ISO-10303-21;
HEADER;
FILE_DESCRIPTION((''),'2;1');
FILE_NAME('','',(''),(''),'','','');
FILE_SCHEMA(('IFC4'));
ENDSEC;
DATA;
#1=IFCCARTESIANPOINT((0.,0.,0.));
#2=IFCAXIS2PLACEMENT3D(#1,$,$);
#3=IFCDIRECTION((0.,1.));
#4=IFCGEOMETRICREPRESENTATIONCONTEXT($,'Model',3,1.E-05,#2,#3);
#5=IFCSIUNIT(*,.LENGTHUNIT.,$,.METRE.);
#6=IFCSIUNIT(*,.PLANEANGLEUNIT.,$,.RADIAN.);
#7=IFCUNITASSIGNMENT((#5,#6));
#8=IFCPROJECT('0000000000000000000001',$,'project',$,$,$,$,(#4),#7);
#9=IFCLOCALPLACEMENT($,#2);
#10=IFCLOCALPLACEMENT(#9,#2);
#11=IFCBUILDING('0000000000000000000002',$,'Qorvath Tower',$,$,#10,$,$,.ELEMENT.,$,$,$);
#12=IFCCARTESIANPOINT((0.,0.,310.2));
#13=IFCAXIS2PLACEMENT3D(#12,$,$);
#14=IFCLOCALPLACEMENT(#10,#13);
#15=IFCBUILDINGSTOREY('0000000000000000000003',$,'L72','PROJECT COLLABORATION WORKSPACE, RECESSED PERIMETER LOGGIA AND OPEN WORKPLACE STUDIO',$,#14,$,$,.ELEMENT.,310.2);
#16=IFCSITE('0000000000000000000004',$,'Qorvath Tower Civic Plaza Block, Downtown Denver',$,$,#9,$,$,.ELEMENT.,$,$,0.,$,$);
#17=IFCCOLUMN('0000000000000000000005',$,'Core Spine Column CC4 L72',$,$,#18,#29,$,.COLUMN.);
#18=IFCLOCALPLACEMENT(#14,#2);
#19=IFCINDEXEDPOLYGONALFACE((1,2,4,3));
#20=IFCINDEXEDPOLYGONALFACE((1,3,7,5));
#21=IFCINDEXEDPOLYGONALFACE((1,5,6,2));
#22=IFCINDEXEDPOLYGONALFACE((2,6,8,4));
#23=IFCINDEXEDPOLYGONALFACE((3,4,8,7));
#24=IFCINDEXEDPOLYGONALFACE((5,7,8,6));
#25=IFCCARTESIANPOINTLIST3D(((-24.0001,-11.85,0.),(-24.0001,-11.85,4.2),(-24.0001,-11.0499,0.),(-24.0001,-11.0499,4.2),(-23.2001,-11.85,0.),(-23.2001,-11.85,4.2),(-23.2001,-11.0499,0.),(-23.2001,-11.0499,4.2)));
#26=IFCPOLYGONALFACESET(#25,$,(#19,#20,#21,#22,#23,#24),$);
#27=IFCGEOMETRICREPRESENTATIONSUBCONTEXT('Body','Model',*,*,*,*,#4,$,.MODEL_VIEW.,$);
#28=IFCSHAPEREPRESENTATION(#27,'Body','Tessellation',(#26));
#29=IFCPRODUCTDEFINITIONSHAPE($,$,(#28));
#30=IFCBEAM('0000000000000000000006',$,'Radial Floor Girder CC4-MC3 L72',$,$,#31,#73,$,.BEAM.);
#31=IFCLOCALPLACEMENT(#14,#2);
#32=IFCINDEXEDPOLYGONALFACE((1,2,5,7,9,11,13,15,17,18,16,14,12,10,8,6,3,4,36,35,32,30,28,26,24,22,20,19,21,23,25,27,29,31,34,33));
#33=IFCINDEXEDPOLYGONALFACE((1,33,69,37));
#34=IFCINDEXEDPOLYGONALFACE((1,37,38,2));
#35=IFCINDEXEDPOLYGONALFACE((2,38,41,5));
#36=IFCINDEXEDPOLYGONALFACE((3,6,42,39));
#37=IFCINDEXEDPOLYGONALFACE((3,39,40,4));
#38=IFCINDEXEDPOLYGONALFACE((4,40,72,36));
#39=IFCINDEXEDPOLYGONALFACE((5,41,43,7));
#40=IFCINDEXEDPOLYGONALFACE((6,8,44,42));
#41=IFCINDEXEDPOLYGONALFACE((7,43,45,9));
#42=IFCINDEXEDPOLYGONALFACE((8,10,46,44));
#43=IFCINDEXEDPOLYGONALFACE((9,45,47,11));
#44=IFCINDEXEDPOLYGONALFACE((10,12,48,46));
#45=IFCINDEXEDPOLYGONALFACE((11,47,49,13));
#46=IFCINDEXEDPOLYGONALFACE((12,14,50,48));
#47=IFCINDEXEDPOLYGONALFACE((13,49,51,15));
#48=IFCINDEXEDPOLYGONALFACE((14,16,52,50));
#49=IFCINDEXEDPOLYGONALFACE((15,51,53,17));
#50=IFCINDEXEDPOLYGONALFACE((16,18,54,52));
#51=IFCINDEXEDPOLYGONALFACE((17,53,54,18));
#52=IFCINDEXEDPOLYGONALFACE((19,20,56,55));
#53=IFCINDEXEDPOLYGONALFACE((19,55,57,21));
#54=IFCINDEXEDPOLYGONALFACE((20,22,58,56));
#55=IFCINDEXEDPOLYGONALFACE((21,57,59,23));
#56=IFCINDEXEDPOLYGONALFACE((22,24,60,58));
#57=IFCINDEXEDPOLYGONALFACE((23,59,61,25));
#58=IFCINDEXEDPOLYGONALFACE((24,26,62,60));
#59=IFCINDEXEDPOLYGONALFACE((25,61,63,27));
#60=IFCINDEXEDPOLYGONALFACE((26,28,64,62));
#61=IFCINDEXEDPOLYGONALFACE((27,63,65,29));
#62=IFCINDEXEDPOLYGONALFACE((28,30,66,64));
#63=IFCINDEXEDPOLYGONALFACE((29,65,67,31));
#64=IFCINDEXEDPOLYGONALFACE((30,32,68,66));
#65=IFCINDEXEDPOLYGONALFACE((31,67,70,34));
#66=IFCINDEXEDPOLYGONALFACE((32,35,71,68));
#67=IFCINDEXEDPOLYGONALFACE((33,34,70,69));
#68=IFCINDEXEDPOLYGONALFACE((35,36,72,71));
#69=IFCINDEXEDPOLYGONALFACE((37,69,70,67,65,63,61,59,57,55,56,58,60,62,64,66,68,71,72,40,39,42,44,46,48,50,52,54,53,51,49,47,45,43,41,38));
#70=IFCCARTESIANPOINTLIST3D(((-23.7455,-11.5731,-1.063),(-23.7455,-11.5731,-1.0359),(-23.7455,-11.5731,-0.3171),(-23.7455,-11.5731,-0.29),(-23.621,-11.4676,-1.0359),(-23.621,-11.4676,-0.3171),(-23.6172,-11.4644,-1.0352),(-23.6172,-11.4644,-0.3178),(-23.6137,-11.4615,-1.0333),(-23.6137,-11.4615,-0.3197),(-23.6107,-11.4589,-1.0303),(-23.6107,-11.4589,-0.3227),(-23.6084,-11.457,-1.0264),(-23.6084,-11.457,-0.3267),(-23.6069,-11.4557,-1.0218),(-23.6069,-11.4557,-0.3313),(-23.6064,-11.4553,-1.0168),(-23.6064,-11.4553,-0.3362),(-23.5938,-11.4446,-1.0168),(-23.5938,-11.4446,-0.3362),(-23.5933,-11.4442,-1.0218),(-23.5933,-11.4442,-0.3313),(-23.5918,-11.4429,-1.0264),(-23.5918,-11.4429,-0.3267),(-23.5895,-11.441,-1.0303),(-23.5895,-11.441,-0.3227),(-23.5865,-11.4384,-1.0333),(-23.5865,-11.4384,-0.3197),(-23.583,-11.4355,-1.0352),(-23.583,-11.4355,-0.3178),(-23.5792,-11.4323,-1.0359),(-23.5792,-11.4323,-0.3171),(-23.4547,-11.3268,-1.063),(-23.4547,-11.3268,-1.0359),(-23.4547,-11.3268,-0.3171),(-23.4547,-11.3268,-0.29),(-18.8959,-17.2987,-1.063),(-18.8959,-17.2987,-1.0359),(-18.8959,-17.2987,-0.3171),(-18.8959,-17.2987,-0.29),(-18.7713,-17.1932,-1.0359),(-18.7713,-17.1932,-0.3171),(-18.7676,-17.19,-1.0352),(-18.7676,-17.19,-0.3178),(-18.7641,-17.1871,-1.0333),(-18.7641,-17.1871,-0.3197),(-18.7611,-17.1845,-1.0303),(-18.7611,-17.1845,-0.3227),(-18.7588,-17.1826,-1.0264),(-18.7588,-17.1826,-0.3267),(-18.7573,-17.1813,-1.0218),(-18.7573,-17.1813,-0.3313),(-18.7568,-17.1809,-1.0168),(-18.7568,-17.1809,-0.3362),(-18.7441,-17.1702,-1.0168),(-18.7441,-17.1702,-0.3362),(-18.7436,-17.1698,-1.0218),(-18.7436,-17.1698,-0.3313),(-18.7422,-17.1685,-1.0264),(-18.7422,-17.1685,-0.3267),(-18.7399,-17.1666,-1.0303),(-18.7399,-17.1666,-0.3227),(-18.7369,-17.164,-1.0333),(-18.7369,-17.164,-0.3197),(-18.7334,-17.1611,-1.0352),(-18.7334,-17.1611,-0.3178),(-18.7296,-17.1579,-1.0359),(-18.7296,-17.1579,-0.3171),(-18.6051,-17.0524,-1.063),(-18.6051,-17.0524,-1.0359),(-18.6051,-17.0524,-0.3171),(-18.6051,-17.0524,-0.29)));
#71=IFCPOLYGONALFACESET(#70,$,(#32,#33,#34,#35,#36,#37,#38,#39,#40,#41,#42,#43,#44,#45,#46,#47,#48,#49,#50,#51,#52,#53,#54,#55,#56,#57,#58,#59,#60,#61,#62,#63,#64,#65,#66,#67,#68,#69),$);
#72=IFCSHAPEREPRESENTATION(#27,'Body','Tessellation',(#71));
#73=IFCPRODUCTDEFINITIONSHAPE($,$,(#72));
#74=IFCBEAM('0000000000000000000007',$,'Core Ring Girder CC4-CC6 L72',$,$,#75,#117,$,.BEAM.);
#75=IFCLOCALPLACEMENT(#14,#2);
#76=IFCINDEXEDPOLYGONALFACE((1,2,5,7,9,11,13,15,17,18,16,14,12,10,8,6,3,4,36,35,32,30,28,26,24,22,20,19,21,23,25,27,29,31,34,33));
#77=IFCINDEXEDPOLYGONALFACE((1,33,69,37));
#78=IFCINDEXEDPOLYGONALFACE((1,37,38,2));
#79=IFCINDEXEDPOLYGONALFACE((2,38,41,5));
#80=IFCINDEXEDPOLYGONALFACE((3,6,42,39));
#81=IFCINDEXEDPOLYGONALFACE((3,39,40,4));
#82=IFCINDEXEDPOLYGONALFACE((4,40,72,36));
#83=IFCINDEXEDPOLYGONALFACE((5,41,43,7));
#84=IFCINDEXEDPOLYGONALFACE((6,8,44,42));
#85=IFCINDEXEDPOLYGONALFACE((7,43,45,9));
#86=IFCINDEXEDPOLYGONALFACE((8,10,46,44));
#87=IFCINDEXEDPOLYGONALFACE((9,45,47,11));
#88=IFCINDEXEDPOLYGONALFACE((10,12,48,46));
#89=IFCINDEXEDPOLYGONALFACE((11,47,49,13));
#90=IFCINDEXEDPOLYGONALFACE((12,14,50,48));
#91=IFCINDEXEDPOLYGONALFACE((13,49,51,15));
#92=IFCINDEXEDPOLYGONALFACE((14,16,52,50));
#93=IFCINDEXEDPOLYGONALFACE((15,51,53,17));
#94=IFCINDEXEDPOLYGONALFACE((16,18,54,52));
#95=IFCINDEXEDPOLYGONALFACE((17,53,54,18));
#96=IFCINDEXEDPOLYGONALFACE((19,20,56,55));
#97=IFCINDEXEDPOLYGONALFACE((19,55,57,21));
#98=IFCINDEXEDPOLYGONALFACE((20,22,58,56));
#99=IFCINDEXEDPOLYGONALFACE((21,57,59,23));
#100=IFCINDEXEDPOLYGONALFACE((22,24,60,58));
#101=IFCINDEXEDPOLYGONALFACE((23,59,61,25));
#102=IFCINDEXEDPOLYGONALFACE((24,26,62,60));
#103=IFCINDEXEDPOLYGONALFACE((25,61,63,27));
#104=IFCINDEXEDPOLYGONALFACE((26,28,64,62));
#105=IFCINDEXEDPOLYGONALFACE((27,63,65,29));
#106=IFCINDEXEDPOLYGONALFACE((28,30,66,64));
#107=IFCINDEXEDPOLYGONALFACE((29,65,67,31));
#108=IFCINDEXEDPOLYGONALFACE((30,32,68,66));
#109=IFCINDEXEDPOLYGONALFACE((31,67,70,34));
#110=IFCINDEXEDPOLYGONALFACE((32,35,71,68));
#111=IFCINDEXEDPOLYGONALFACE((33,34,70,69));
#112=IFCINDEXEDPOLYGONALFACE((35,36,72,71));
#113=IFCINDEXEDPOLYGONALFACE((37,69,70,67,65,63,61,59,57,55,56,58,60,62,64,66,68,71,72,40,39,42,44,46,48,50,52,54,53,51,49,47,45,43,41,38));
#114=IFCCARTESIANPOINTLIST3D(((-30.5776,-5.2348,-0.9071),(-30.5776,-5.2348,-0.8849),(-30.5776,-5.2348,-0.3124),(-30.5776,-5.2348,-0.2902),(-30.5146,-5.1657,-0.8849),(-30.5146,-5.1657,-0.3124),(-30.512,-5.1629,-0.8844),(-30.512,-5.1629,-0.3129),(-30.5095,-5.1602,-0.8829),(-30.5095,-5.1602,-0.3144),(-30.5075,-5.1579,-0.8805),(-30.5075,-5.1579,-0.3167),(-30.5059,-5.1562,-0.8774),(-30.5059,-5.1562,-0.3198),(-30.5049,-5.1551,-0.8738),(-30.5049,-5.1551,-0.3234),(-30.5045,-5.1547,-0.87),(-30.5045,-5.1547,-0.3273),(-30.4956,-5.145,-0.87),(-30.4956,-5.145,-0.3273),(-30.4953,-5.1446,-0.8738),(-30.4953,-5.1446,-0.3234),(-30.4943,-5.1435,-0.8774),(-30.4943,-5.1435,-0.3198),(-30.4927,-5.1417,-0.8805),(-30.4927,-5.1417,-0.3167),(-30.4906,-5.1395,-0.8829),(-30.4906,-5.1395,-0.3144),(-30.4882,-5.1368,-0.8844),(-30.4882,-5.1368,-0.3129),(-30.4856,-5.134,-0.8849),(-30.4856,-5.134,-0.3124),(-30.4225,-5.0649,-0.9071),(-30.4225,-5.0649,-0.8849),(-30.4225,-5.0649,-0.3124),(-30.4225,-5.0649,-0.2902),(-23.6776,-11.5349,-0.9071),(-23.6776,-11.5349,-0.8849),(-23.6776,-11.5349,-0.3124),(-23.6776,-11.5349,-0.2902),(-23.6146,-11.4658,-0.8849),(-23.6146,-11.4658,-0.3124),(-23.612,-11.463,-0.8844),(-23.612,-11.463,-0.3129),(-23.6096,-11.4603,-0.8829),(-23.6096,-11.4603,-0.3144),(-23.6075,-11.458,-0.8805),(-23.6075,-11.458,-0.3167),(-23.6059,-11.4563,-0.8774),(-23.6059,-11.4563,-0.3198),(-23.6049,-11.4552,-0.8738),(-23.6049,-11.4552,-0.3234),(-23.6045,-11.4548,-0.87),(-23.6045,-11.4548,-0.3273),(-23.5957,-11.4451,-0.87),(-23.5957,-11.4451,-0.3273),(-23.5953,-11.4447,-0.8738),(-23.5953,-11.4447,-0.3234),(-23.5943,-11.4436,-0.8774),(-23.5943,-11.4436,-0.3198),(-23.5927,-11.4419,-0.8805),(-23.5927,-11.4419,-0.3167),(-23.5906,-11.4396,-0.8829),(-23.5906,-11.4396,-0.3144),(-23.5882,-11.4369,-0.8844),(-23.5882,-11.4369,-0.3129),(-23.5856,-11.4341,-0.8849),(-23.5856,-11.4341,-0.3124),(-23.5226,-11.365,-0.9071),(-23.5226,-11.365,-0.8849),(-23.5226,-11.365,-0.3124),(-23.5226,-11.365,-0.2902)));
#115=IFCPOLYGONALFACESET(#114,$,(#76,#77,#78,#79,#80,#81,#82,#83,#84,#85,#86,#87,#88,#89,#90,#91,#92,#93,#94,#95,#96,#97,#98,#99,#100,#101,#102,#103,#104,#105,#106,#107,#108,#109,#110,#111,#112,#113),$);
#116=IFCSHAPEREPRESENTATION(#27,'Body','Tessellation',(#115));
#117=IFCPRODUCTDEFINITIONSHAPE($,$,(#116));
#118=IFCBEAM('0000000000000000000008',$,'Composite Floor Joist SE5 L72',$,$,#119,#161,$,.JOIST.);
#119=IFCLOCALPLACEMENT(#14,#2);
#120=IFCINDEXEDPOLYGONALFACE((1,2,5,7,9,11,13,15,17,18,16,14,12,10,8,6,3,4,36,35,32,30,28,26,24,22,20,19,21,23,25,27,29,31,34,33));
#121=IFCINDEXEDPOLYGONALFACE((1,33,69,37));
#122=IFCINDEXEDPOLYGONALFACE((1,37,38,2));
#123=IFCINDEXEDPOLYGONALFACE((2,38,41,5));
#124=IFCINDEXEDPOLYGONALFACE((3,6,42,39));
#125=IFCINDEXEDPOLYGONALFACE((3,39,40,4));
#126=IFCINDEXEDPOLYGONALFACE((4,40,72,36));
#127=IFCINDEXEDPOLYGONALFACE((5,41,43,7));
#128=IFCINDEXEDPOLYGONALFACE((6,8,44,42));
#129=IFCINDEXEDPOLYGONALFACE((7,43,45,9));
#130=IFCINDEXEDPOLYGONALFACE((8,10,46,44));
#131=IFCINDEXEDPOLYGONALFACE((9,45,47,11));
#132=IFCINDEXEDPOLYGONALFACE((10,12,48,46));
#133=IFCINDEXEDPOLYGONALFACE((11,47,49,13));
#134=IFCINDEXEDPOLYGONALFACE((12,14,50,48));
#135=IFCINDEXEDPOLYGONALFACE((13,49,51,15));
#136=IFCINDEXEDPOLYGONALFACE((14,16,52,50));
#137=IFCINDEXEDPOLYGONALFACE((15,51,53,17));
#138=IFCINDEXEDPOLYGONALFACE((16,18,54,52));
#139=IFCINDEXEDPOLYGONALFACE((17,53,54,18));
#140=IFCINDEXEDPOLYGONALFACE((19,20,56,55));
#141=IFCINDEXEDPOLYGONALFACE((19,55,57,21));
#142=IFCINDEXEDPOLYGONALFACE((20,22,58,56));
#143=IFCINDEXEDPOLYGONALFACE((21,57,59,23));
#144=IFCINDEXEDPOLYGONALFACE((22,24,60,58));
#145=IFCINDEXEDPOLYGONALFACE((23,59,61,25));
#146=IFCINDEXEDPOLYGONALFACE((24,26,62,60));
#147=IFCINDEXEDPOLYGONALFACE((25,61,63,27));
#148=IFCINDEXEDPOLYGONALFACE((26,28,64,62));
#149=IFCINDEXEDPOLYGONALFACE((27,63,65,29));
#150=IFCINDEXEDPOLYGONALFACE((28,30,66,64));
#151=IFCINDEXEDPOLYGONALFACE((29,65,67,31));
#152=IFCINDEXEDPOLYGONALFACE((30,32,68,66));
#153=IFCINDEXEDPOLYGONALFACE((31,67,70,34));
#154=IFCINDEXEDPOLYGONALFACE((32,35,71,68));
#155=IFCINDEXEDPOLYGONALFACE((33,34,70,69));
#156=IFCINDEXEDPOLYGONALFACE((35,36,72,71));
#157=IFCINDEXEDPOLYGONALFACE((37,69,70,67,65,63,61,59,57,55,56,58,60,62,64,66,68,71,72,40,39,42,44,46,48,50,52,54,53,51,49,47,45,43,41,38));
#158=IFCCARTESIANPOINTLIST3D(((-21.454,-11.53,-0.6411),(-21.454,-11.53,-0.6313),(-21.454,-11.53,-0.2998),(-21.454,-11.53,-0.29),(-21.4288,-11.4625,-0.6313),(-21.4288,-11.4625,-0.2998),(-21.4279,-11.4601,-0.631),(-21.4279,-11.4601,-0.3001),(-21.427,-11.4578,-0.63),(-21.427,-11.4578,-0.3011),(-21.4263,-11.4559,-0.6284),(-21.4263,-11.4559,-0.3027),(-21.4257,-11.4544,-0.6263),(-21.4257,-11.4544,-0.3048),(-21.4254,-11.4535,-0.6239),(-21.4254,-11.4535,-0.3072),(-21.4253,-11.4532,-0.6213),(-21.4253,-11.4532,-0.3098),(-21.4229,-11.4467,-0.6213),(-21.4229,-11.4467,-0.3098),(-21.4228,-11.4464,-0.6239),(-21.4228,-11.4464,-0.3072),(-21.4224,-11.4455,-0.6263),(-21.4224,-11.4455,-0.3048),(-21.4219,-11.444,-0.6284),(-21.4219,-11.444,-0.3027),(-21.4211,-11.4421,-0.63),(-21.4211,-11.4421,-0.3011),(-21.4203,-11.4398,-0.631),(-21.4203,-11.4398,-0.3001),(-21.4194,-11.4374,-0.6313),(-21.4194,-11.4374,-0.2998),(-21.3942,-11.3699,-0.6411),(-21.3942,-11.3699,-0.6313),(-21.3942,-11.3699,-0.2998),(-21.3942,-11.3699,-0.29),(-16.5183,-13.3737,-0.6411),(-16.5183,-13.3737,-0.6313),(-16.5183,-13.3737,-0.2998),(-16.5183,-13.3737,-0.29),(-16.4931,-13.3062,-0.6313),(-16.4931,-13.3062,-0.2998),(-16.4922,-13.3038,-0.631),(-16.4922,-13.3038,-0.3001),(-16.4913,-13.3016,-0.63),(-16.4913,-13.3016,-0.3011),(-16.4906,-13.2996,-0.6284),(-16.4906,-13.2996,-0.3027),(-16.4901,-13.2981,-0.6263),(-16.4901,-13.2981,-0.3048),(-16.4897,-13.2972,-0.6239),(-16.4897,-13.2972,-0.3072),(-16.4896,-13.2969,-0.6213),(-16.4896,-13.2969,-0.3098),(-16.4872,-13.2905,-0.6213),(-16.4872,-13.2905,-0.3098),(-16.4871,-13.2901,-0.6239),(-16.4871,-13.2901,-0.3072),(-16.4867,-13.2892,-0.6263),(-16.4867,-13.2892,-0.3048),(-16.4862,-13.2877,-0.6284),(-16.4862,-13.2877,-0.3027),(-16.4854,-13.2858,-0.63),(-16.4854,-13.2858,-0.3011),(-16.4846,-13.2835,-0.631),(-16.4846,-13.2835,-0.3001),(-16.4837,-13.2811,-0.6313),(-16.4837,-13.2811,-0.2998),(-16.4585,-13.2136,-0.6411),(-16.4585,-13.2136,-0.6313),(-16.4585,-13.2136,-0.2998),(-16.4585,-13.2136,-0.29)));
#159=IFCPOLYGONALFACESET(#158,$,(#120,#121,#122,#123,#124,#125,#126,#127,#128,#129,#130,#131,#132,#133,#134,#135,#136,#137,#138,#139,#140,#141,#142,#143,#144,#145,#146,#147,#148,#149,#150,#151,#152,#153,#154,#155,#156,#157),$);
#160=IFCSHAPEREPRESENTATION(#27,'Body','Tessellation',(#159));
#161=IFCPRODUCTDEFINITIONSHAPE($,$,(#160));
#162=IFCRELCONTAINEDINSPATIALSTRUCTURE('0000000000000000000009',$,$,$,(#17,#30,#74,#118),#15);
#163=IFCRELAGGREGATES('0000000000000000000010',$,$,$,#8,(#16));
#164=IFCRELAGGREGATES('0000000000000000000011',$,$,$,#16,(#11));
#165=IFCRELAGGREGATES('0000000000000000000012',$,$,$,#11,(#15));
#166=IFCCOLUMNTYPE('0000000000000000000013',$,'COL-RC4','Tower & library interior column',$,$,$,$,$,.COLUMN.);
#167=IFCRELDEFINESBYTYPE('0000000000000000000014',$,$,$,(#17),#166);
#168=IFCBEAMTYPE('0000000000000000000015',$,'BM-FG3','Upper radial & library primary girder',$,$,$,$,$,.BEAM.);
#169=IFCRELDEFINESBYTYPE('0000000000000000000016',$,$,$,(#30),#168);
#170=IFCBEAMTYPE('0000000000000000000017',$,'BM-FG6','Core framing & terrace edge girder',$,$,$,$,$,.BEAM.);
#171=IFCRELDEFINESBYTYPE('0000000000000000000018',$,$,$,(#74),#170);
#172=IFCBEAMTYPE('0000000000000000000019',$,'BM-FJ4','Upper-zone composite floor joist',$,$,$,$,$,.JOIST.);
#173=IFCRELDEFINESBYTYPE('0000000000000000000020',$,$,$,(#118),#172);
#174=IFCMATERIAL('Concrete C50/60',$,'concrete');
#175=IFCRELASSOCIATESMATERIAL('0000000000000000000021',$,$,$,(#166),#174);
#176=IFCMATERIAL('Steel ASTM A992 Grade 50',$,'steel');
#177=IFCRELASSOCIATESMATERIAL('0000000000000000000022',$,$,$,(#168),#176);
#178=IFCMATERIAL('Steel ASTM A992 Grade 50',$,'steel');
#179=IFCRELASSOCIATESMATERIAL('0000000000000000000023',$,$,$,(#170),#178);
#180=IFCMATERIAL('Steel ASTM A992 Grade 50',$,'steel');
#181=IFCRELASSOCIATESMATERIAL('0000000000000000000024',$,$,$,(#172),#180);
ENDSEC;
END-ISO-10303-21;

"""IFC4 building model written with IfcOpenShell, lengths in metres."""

from ifc_helpers import new_model, si_unit, direction, frame, origin, origin_2d, place, context, subcontext, project, spatial, rectangle, i_section, extrude, material, material_profile, profile_set, type_object, element, save


model = new_model("IFC4")

# Units and contexts
model_context = context("Model", 3, precision=1e-05, world=origin(), true_north=direction((0.0, 1.0)))
body_context = subcontext(model_context, "Body", "Model", "MODEL_VIEW")
ifc_project = project(units=[si_unit("LENGTHUNIT", "METRE"), si_unit("PLANEANGLEUNIT", "RADIAN")], contexts=[model_context])

# Site, building, storey
site_placement = place(None, origin())
site = spatial("IfcSite", under=ifc_project, at=site_placement, Name="Qorvath Tower Civic Plaza Block, Downtown Denver", CompositionType="ELEMENT", RefElevation=0.0)
building_placement = place(site_placement, origin())
building = spatial("IfcBuilding", under=site, at=building_placement, Name="Qorvath Tower", CompositionType="ELEMENT")
storey_placement = place(building_placement, frame((0.0, 0.0, 310.2)))
storey = spatial("IfcBuildingStorey", under=building, at=storey_placement, Name="L72", Description="PROJECT COLLABORATION WORKSPACE, RECESSED PERIMETER LOGGIA AND OPEN WORKPLACE STUDIO", CompositionType="ELEMENT", Elevation=310.2)

# Column
ifc_material_1 = material(Name="Concrete C50/60", Category="concrete")
ifc_material_profile_1 = material_profile(ifc_material_1, rectangle(XDim=0.8, YDim=0.8, at=origin_2d()), Name="RC 800x800")
ifc_profile_set_1 = profile_set([ifc_material_profile_1], Name="Concrete C50/60")
column_type = type_object("IfcColumnType", Name="COL-RC4", Description="Tower & library interior column", PredefinedType="COLUMN", material=ifc_profile_set_1)
column_placement = place(storey_placement, frame((-23.6001, -11.45, 0.0), z_axis=(0.0, 0.0, 1.0), x_axis=(1.0, 0.0, 0.0)))
element("IfcColumn", 1, at=column_placement, inside=storey, type_object=column_type, Name="Core Spine Column CC4 L72", PredefinedType="COLUMN", context=body_context, shape_type="SweptSolid", body=[
    extrude(rectangle(XDim=0.8, YDim=0.8, at=origin_2d()), origin(), (0.0, 0.0, 1.0), 4.2),
])

# Beams
ifc_material_2 = material(Name="Steel ASTM A992 Grade 50", Category="steel")
ifc_material_profile_2 = material_profile(ifc_material_2, i_section(OverallWidth=0.3811, OverallDepth=0.7729, WebThickness=0.0166, FlangeThickness=0.0271, FilletRadius=0.019, at=origin_2d()), Name="W30x173")
ifc_profile_set_2 = profile_set([ifc_material_profile_2], Name="Steel ASTM A992 Grade 50")
beam_type_1 = type_object("IfcBeamType", Name="BM-FG3", Description="Upper radial & library primary girder", PredefinedType="BEAM", material=ifc_profile_set_2)
beam_1_placement = place(storey_placement, frame((-23.6001, -11.45, -0.6765), z_axis=(0.646321, -0.763065, 0.0), x_axis=(0.763065, 0.646321, 0.0)))
element("IfcBeam", 2, at=beam_1_placement, inside=storey, type_object=beam_type_1, Name="Radial Floor Girder CC4-MC3 L72", PredefinedType="BEAM", context=body_context, shape_type="SweptSolid", body=[
    extrude(i_section(OverallWidth=0.3811, OverallDepth=0.7729, WebThickness=0.0166, FlangeThickness=0.0271, FilletRadius=0.019, at=origin_2d()), origin(), (0.0, 0.0, 1.0), 7.5034),
])
ifc_material_3 = material(Name="Steel ASTM A992 Grade 50", Category="steel")
ifc_material_profile_3 = material_profile(ifc_material_3, i_section(OverallWidth=0.23, OverallDepth=0.6169, WebThickness=0.0132, FlangeThickness=0.0222, FilletRadius=0.0149, at=origin_2d()), Name="W24x94")
ifc_profile_set_3 = profile_set([ifc_material_profile_3], Name="Steel ASTM A992 Grade 50")
beam_type_2 = type_object("IfcBeamType", Name="BM-FG6", Description="Core framing & terrace edge girder", PredefinedType="BEAM", material=ifc_profile_set_3)
beam_2_placement = place(storey_placement, frame((-23.6001, -11.45, -0.5986), z_axis=(-0.738478, 0.674277, 0.0), x_axis=(-0.674277, -0.738478, 0.0)))
element("IfcBeam", 3, at=beam_2_placement, inside=storey, type_object=beam_type_2, Name="Core Ring Girder CC4-CC6 L72", PredefinedType="BEAM", context=body_context, shape_type="SweptSolid", body=[
    extrude(i_section(OverallWidth=0.23, OverallDepth=0.6169, WebThickness=0.0132, FlangeThickness=0.0222, FilletRadius=0.0149, at=origin_2d()), origin(), (0.0, 0.0, 1.0), 9.3435),
])
ifc_material_4 = material(Name="Steel ASTM A992 Grade 50", Category="steel")
ifc_material_profile_4 = material_profile(ifc_material_4, i_section(OverallWidth=0.1709, OverallDepth=0.3511, WebThickness=0.0068, FlangeThickness=0.0098, FilletRadius=0.01, at=origin_2d()), Name="W14x30")
ifc_profile_set_4 = profile_set([ifc_material_profile_4], Name="Steel ASTM A992 Grade 50")
beam_type_3 = type_object("IfcBeamType", Name="BM-FJ4", Description="Upper-zone composite floor joist", PredefinedType="JOIST", material=ifc_profile_set_4)
beam_3_placement = place(storey_placement, frame((-21.4241, -11.45, -0.4656), z_axis=(0.936776, -0.34993, 0.0), x_axis=(0.34993, 0.936776, 0.0)))
element("IfcBeam", 4, at=beam_3_placement, inside=storey, type_object=beam_type_3, Name="Composite Floor Joist SE5 L72", PredefinedType="JOIST", context=body_context, shape_type="SweptSolid", body=[
    extrude(i_section(OverallWidth=0.1709, OverallDepth=0.3511, WebThickness=0.0068, FlangeThickness=0.0098, FilletRadius=0.01, at=origin_2d()), origin(), (0.0, 0.0, 1.0), 5.2688),
])

save(model, "model.ifc")
